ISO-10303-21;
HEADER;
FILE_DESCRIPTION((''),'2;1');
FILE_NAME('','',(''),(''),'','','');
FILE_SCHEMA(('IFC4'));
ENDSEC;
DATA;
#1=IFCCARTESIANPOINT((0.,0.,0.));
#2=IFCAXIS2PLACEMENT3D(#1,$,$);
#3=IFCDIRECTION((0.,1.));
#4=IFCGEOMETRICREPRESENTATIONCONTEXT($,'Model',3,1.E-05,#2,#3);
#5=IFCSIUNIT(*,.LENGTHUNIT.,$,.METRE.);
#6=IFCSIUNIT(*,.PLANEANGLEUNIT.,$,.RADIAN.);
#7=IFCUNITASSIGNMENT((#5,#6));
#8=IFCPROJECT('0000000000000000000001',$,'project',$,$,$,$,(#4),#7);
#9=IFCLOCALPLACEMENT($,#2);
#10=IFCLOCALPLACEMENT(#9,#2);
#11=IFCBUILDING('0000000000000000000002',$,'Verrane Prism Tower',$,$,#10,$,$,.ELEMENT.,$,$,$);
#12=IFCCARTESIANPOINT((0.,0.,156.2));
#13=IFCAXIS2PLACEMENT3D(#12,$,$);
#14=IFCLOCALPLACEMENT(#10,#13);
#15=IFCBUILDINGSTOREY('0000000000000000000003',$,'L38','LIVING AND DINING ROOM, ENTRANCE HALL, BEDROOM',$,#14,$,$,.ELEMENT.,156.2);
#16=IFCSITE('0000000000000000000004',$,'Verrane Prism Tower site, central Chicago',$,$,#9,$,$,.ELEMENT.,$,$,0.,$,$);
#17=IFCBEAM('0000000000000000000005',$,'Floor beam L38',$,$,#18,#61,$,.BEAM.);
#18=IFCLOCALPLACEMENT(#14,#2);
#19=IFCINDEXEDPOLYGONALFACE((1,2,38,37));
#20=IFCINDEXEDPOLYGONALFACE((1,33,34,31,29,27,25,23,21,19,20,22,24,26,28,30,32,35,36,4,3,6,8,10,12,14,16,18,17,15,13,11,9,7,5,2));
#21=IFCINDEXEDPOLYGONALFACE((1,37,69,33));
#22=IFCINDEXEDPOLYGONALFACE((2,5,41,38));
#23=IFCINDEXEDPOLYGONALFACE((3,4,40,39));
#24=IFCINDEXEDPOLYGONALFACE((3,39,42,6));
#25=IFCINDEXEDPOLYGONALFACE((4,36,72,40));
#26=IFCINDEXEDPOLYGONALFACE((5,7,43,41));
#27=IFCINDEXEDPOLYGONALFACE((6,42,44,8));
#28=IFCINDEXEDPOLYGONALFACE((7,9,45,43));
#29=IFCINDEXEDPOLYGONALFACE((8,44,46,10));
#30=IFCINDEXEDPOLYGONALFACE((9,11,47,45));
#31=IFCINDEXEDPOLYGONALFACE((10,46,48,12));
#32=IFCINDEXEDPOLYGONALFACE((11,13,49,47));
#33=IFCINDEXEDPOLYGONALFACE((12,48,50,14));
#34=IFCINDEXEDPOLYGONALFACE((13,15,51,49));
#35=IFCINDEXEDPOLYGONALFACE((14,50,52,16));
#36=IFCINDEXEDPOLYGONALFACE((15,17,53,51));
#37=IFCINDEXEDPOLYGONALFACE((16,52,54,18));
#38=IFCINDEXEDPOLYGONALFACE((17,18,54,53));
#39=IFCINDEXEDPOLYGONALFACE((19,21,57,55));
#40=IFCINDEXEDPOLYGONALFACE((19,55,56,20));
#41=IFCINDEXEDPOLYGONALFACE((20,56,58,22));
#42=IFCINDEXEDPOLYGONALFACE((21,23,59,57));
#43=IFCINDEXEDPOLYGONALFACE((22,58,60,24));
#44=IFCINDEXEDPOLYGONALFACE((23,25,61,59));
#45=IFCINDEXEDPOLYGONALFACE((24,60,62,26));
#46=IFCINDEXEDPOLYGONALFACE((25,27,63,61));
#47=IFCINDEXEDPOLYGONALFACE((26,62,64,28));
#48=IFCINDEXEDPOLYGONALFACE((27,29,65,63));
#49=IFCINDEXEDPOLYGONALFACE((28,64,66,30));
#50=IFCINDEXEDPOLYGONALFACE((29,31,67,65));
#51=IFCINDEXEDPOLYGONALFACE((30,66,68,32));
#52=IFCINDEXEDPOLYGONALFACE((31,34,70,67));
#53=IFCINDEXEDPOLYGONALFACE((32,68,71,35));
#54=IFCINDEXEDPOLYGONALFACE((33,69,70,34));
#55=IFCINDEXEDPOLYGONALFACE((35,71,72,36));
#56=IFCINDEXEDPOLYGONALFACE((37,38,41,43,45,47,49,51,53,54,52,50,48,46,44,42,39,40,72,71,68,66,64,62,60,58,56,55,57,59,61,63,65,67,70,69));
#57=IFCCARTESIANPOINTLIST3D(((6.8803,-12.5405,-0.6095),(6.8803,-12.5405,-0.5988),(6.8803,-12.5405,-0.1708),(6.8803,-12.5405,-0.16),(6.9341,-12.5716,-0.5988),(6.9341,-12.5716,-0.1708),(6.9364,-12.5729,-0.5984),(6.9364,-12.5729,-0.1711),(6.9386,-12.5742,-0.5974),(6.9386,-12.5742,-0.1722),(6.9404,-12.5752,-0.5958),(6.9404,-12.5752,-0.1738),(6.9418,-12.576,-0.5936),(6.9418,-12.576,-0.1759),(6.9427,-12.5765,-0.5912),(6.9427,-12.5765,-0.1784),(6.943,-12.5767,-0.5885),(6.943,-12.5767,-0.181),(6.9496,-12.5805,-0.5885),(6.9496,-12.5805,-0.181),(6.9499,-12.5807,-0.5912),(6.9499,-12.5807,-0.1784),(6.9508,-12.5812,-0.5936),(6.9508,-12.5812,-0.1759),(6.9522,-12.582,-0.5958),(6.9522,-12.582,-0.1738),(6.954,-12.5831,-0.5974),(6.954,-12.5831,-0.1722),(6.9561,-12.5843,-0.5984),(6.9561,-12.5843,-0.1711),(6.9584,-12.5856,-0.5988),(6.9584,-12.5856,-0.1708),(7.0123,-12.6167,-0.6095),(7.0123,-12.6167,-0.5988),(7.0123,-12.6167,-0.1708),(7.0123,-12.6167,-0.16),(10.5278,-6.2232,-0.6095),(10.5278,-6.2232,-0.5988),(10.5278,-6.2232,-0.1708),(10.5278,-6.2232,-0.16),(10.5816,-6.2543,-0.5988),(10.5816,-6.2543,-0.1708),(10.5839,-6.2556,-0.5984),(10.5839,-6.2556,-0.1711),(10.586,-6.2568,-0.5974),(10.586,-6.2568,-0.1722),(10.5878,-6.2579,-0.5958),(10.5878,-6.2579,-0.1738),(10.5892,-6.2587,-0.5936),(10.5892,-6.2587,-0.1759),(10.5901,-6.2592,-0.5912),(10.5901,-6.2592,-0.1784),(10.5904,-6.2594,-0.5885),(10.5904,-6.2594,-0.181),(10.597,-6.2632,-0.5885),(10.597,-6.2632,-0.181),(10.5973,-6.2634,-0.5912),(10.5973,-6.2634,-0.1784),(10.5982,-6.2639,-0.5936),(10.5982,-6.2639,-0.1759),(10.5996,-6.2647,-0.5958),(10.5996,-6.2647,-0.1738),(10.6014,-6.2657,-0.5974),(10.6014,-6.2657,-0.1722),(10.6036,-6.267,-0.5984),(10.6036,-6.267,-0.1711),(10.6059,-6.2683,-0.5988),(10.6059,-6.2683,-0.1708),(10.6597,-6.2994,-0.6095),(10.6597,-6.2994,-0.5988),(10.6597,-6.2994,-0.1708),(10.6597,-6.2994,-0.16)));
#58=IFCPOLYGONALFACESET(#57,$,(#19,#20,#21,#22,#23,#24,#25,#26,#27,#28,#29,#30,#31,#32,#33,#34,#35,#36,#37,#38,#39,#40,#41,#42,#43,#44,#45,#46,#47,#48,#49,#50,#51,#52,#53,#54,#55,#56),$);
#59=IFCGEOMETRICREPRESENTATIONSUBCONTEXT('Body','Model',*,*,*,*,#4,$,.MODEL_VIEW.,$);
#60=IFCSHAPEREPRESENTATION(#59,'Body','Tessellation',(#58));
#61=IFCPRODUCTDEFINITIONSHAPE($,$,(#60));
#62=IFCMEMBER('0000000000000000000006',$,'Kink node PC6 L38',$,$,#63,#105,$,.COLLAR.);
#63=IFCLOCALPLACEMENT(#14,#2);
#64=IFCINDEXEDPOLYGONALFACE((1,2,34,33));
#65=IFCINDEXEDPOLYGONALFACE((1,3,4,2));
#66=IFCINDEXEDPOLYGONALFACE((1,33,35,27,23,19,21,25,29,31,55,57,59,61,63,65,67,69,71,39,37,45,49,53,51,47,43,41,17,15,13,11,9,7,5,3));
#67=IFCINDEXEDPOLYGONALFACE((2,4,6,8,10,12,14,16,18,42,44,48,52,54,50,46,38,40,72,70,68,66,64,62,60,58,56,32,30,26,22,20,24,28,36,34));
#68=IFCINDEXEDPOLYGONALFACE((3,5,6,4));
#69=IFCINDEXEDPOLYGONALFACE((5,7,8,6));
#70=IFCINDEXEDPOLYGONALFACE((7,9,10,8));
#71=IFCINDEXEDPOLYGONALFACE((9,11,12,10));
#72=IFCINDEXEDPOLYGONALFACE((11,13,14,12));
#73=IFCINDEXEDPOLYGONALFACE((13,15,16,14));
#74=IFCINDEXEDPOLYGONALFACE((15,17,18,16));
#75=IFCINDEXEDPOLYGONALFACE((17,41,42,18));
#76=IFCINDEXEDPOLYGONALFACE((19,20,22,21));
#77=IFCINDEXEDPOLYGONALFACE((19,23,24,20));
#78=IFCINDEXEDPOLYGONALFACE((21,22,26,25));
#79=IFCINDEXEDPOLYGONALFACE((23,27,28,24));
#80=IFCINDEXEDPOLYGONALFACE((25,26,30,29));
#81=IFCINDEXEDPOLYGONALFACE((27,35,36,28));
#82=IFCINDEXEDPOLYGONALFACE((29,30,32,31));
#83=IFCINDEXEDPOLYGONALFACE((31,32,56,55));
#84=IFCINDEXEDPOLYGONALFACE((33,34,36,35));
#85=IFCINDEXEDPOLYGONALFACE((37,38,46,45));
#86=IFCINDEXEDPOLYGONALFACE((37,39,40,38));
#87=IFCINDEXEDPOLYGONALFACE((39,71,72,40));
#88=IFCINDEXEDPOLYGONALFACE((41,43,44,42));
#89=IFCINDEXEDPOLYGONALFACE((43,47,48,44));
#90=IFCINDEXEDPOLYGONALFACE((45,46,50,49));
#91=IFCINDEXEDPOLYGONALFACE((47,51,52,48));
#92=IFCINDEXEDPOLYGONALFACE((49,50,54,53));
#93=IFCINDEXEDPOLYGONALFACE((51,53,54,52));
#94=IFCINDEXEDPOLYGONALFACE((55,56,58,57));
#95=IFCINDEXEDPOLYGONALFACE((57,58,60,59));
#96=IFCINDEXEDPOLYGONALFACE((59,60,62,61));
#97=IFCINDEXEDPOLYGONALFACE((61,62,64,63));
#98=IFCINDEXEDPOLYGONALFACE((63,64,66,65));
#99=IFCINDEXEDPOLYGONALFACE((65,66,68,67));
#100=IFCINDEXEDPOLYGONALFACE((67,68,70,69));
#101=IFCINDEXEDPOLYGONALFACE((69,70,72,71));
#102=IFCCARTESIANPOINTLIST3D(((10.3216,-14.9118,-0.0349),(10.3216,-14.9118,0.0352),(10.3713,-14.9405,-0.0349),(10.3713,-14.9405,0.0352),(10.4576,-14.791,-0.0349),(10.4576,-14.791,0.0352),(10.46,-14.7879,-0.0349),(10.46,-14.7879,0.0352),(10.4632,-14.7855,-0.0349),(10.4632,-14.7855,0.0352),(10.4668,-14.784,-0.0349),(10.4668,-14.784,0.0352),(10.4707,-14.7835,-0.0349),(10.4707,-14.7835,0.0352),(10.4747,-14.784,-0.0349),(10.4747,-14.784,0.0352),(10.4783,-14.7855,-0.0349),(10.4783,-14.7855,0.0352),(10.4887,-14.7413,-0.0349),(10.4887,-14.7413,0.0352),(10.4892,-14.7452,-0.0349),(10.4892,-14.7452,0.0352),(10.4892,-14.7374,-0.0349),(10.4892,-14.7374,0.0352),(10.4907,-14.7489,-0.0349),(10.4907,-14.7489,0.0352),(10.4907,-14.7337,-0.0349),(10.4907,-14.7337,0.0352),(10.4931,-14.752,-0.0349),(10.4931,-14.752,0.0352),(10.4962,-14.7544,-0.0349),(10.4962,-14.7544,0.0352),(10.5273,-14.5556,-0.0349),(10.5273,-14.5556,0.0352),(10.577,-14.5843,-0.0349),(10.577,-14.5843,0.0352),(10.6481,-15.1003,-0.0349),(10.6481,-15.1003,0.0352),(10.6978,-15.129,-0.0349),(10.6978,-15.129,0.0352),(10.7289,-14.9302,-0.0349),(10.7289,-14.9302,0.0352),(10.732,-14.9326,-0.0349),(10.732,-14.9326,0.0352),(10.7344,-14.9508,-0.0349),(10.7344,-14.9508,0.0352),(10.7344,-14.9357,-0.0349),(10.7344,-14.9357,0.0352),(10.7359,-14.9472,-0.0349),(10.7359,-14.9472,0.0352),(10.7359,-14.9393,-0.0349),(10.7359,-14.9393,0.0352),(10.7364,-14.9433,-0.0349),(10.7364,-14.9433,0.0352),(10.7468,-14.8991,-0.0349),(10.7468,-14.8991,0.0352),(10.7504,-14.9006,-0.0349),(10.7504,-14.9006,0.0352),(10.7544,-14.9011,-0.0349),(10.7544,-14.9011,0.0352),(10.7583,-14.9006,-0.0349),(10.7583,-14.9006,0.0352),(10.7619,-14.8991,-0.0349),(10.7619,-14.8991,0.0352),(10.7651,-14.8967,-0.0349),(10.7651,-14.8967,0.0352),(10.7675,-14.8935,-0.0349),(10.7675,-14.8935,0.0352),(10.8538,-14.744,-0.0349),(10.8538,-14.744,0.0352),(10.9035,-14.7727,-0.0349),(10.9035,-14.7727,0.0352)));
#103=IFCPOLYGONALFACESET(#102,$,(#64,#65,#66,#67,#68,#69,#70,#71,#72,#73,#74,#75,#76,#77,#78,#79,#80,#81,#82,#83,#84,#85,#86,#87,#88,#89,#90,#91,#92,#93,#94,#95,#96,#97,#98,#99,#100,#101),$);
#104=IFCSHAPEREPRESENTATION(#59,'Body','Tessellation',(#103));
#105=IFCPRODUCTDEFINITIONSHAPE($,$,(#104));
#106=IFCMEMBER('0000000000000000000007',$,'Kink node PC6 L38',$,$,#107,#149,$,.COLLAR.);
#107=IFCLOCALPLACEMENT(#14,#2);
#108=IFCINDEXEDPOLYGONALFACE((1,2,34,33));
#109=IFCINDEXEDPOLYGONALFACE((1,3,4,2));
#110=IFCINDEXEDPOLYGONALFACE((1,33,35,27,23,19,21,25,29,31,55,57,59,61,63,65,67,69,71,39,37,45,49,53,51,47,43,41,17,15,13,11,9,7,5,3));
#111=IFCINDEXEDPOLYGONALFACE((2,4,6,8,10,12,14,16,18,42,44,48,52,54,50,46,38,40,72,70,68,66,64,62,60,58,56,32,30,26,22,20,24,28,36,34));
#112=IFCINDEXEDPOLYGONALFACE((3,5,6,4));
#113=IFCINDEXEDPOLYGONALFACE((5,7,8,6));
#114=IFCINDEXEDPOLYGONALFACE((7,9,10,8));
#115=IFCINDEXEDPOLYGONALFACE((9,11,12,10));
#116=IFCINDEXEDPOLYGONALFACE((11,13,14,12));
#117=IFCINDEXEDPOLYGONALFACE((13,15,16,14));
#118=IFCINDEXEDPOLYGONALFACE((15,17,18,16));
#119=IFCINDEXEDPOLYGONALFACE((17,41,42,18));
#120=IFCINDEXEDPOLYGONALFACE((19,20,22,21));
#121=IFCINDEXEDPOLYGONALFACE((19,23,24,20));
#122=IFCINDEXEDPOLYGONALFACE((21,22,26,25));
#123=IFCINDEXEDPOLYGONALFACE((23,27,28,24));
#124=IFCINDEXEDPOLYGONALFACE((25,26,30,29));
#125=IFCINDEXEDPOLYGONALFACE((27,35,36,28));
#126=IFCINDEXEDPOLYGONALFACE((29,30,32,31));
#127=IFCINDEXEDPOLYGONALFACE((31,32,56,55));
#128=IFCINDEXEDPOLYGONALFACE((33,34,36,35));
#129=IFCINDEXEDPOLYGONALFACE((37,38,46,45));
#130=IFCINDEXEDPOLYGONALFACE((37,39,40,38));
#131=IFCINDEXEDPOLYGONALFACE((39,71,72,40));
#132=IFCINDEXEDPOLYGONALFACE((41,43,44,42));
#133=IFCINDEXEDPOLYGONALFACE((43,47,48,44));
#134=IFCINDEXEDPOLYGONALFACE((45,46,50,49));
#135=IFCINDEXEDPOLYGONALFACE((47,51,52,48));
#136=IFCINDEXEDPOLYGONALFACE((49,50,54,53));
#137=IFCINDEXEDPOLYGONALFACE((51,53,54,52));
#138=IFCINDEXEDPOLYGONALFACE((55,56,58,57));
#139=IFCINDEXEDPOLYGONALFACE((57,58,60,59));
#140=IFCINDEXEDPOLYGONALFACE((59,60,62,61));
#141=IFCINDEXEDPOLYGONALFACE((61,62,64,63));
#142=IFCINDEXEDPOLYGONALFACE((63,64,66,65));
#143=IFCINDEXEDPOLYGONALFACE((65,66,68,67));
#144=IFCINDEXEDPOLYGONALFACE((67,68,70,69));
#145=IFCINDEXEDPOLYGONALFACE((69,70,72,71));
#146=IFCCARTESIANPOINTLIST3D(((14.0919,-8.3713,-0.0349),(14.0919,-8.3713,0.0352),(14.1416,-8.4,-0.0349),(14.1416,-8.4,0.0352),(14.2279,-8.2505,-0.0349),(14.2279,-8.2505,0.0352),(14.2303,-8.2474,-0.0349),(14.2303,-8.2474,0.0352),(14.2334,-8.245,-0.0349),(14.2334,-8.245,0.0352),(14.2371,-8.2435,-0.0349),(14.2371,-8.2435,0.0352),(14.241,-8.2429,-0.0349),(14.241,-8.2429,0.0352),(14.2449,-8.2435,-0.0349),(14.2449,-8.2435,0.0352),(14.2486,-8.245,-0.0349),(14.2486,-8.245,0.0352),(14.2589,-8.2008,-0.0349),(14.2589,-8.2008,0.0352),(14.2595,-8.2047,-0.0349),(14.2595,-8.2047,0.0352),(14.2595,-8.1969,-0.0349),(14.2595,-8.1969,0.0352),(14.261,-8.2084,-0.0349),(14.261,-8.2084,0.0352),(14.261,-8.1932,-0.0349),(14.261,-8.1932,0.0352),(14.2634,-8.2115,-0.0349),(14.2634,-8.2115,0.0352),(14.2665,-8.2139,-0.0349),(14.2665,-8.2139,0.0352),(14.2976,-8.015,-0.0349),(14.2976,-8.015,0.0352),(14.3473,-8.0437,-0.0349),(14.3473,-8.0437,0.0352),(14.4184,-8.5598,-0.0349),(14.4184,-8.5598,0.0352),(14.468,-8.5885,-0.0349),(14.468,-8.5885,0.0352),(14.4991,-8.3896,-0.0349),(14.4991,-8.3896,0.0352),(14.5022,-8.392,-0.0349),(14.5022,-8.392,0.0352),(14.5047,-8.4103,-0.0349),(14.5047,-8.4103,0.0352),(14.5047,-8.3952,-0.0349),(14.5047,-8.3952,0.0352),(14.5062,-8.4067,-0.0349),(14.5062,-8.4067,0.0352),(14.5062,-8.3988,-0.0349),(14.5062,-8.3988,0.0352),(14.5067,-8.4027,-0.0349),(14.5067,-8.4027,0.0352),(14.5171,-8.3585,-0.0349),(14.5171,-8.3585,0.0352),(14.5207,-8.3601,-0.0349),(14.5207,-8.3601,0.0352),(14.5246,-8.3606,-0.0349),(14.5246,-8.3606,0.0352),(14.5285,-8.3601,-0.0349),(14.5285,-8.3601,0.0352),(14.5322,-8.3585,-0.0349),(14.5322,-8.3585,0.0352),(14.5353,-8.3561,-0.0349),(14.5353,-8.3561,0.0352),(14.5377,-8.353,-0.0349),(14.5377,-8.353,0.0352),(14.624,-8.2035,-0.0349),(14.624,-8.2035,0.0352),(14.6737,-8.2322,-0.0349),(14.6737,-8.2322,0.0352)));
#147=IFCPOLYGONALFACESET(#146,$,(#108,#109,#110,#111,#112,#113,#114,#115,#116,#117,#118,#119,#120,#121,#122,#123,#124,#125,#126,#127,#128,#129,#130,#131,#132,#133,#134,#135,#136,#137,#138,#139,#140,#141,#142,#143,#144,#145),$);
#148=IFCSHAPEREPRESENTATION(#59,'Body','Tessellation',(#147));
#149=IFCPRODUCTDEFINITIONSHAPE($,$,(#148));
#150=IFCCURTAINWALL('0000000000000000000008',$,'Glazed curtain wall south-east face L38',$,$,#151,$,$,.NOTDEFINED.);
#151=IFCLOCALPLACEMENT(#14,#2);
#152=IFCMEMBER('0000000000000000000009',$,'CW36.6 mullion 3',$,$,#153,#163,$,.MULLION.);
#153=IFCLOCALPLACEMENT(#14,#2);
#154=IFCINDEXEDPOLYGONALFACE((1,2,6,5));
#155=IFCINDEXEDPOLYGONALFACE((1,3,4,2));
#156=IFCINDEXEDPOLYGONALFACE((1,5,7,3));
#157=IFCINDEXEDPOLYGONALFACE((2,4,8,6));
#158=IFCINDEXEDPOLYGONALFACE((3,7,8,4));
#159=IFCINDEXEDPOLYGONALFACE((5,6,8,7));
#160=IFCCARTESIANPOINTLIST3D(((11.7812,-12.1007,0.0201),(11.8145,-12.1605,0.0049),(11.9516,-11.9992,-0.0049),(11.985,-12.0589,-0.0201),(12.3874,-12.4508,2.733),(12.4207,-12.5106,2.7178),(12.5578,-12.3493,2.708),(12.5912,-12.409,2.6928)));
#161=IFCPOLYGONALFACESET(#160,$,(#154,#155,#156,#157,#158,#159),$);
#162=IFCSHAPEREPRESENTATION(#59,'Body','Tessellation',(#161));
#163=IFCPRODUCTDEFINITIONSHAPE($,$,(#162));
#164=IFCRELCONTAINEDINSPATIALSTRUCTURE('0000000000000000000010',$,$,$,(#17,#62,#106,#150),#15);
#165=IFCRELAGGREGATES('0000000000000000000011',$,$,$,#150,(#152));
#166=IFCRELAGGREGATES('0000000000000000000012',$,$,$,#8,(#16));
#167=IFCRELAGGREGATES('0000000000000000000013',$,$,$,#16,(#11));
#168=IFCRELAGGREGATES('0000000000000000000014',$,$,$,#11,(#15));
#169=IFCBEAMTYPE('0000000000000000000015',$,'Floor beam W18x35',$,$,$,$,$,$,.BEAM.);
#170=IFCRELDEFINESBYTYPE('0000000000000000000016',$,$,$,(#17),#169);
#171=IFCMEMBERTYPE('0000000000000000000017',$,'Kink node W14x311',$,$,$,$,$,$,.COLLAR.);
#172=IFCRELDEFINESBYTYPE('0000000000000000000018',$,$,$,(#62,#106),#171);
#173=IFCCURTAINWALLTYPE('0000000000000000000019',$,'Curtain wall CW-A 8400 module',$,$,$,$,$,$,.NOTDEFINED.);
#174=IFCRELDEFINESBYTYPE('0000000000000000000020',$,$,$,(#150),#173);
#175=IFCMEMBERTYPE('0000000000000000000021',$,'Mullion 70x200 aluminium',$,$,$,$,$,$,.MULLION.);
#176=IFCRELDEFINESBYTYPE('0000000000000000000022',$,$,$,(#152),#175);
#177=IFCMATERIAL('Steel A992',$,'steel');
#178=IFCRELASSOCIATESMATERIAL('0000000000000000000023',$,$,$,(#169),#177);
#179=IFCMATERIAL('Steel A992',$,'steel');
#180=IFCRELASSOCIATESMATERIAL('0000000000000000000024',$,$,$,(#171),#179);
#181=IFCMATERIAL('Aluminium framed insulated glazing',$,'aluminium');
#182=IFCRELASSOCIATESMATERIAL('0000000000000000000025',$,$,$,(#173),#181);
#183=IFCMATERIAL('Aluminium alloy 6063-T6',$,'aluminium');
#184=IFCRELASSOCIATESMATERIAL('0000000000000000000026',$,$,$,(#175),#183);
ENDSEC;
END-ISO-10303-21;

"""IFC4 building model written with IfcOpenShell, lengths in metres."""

from ifc_helpers import new_model, si_unit, direction, frame, origin, origin_2d, place, context, subcontext, project, spatial, rectangle, i_section, extrude, material, material_profile, profile_set, type_object, element, aggregate, save


model = new_model("IFC4")

# Units and contexts
model_context = context("Model", 3, precision=1e-05, world=origin(), true_north=direction((0.0, 1.0)))
body_context = subcontext(model_context, "Body", "Model", "MODEL_VIEW")
ifc_project = project(units=[si_unit("LENGTHUNIT", "METRE"), si_unit("PLANEANGLEUNIT", "RADIAN")], contexts=[model_context])

# Site, building, storey
site_placement = place(None, origin())
site = spatial("IfcSite", under=ifc_project, at=site_placement, Name="Verrane Prism Tower site, central Chicago", CompositionType="ELEMENT", RefElevation=0.0)
building_placement = place(site_placement, origin())
building = spatial("IfcBuilding", under=site, at=building_placement, Name="Verrane Prism Tower", CompositionType="ELEMENT")
storey_placement = place(building_placement, frame((0.0, 0.0, 156.2)))
storey = spatial("IfcBuildingStorey", under=building, at=storey_placement, Name="L38", Description="LIVING AND DINING ROOM, ENTRANCE HALL, BEDROOM", CompositionType="ELEMENT", Elevation=156.2)

# Beam
ifc_material_1 = material(Name="Steel A992", Category="steel")
ifc_material_profile_1 = material_profile(ifc_material_1, i_section(OverallWidth=0.1523, OverallDepth=0.4495, WebThickness=0.0076, FlangeThickness=0.0107, FilletRadius=0.0103, at=origin_2d()), Name="W18x35")
ifc_profile_set_1 = profile_set([ifc_material_profile_1], Name="Steel A992")
beam_type_1 = type_object("IfcBeamType", Name="Floor beam W18x35", PredefinedType="BEAM", material=ifc_profile_set_1)
beam_1_placement = place(storey_placement, frame((6.9463, -12.5786, -0.3848), z_axis=(0.500012, 0.866018, 0.0), x_axis=(-0.866018, 0.500012, 0.0)))
element("IfcBeam", 1, at=beam_1_placement, inside=storey, type_object=beam_type_1, Name="Floor beam L38", PredefinedType="BEAM", context=body_context, shape_type="SweptSolid", body=[
    extrude(i_section(OverallWidth=0.1523, OverallDepth=0.4495, WebThickness=0.0076, FlangeThickness=0.0107, FilletRadius=0.0103, at=origin_2d()), origin(), (0.0, 0.0, 1.0), 7.2947),
])

# Members
ifc_material_2 = material(Name="Steel A992", Category="steel")
ifc_material_profile_2 = material_profile(ifc_material_2, i_section(OverallWidth=0.4114, OverallDepth=0.4343, WebThickness=0.0359, FlangeThickness=0.0574, FilletRadius=0.0151, at=origin_2d()), Name="W14x311")
ifc_profile_set_2 = profile_set([ifc_material_profile_2], Name="Steel A992")
member_type_1 = type_object("IfcMemberType", Name="Kink node W14x311", PredefinedType="COLLAR", material=ifc_profile_set_2)
for number, where, z_axis, x_axis, name in (
    (2, (10.6125, -14.8423, -0.0349), (0.0, 0.0, 1.0), (-0.5, -0.866025, 0.0), "Kink node PC6 L38"),
    (3, (14.3828, -8.3018, -0.0349), (0.0, 0.0, 1.0), (-0.5, -0.866025, 0.0), "Kink node PC6 L38"),
):
    element("IfcMember", number, at=place(storey_placement, frame(where, z_axis=z_axis, x_axis=x_axis)), inside=storey, type_object=member_type_1, Name=name, PredefinedType="COLLAR", context=body_context, shape_type="SweptSolid", body=[
        extrude(i_section(OverallWidth=0.4114, OverallDepth=0.4343, WebThickness=0.0359, FlangeThickness=0.0574, FilletRadius=0.0151, at=origin_2d()), origin(), (0.0, 0.0, 1.0), 0.0701),
    ])

# Curtain wall, member
ifc_material_3 = material(Name="Aluminium framed insulated glazing", Category="aluminium")
curtain_wall_type = type_object("IfcCurtainWallType", Name="Curtain wall CW-A 8400 module", PredefinedType="NOTDEFINED", material=ifc_material_3)
curtain_wall_placement = place(storey_placement, origin())
curtain_wall = element("IfcCurtainWall", 4, at=curtain_wall_placement, inside=storey, type_object=curtain_wall_type, Name="Glazed curtain wall south-east face L38", PredefinedType="NOTDEFINED")
ifc_material_4 = material(Name="Aluminium alloy 6063-T6", Category="aluminium")
ifc_material_profile_3 = material_profile(ifc_material_4, rectangle(XDim=0.2, YDim=0.0701, at=origin_2d()), Name="Mullion 70x200 aluminium")
ifc_profile_set_3 = profile_set([ifc_material_profile_3], Name="Aluminium alloy 6063-T6")
member_type_2 = type_object("IfcMemberType", Name="Mullion 70x200 aluminium", PredefinedType="MULLION", material=ifc_profile_set_3)
member_1_placement = place(storey_placement, frame((11.8831, -12.0798, 0.0), z_axis=(0.216365, -0.124957, 0.968283), x_axis=(-0.852359, -0.507816, 0.124928)))
member_1 = element("IfcMember", 5, at=member_1_placement, type_object=member_type_2, Name="CW36.6 mullion 3", PredefinedType="MULLION", context=body_context, shape_type="SweptSolid", body=[
    extrude(rectangle(XDim=0.2, YDim=0.0701, at=origin_2d()), origin(), (0.0, 0.0, 1.0), 2.8018),
])

aggregate(curtain_wall, [member_1])

save(model, "model.ifc")
